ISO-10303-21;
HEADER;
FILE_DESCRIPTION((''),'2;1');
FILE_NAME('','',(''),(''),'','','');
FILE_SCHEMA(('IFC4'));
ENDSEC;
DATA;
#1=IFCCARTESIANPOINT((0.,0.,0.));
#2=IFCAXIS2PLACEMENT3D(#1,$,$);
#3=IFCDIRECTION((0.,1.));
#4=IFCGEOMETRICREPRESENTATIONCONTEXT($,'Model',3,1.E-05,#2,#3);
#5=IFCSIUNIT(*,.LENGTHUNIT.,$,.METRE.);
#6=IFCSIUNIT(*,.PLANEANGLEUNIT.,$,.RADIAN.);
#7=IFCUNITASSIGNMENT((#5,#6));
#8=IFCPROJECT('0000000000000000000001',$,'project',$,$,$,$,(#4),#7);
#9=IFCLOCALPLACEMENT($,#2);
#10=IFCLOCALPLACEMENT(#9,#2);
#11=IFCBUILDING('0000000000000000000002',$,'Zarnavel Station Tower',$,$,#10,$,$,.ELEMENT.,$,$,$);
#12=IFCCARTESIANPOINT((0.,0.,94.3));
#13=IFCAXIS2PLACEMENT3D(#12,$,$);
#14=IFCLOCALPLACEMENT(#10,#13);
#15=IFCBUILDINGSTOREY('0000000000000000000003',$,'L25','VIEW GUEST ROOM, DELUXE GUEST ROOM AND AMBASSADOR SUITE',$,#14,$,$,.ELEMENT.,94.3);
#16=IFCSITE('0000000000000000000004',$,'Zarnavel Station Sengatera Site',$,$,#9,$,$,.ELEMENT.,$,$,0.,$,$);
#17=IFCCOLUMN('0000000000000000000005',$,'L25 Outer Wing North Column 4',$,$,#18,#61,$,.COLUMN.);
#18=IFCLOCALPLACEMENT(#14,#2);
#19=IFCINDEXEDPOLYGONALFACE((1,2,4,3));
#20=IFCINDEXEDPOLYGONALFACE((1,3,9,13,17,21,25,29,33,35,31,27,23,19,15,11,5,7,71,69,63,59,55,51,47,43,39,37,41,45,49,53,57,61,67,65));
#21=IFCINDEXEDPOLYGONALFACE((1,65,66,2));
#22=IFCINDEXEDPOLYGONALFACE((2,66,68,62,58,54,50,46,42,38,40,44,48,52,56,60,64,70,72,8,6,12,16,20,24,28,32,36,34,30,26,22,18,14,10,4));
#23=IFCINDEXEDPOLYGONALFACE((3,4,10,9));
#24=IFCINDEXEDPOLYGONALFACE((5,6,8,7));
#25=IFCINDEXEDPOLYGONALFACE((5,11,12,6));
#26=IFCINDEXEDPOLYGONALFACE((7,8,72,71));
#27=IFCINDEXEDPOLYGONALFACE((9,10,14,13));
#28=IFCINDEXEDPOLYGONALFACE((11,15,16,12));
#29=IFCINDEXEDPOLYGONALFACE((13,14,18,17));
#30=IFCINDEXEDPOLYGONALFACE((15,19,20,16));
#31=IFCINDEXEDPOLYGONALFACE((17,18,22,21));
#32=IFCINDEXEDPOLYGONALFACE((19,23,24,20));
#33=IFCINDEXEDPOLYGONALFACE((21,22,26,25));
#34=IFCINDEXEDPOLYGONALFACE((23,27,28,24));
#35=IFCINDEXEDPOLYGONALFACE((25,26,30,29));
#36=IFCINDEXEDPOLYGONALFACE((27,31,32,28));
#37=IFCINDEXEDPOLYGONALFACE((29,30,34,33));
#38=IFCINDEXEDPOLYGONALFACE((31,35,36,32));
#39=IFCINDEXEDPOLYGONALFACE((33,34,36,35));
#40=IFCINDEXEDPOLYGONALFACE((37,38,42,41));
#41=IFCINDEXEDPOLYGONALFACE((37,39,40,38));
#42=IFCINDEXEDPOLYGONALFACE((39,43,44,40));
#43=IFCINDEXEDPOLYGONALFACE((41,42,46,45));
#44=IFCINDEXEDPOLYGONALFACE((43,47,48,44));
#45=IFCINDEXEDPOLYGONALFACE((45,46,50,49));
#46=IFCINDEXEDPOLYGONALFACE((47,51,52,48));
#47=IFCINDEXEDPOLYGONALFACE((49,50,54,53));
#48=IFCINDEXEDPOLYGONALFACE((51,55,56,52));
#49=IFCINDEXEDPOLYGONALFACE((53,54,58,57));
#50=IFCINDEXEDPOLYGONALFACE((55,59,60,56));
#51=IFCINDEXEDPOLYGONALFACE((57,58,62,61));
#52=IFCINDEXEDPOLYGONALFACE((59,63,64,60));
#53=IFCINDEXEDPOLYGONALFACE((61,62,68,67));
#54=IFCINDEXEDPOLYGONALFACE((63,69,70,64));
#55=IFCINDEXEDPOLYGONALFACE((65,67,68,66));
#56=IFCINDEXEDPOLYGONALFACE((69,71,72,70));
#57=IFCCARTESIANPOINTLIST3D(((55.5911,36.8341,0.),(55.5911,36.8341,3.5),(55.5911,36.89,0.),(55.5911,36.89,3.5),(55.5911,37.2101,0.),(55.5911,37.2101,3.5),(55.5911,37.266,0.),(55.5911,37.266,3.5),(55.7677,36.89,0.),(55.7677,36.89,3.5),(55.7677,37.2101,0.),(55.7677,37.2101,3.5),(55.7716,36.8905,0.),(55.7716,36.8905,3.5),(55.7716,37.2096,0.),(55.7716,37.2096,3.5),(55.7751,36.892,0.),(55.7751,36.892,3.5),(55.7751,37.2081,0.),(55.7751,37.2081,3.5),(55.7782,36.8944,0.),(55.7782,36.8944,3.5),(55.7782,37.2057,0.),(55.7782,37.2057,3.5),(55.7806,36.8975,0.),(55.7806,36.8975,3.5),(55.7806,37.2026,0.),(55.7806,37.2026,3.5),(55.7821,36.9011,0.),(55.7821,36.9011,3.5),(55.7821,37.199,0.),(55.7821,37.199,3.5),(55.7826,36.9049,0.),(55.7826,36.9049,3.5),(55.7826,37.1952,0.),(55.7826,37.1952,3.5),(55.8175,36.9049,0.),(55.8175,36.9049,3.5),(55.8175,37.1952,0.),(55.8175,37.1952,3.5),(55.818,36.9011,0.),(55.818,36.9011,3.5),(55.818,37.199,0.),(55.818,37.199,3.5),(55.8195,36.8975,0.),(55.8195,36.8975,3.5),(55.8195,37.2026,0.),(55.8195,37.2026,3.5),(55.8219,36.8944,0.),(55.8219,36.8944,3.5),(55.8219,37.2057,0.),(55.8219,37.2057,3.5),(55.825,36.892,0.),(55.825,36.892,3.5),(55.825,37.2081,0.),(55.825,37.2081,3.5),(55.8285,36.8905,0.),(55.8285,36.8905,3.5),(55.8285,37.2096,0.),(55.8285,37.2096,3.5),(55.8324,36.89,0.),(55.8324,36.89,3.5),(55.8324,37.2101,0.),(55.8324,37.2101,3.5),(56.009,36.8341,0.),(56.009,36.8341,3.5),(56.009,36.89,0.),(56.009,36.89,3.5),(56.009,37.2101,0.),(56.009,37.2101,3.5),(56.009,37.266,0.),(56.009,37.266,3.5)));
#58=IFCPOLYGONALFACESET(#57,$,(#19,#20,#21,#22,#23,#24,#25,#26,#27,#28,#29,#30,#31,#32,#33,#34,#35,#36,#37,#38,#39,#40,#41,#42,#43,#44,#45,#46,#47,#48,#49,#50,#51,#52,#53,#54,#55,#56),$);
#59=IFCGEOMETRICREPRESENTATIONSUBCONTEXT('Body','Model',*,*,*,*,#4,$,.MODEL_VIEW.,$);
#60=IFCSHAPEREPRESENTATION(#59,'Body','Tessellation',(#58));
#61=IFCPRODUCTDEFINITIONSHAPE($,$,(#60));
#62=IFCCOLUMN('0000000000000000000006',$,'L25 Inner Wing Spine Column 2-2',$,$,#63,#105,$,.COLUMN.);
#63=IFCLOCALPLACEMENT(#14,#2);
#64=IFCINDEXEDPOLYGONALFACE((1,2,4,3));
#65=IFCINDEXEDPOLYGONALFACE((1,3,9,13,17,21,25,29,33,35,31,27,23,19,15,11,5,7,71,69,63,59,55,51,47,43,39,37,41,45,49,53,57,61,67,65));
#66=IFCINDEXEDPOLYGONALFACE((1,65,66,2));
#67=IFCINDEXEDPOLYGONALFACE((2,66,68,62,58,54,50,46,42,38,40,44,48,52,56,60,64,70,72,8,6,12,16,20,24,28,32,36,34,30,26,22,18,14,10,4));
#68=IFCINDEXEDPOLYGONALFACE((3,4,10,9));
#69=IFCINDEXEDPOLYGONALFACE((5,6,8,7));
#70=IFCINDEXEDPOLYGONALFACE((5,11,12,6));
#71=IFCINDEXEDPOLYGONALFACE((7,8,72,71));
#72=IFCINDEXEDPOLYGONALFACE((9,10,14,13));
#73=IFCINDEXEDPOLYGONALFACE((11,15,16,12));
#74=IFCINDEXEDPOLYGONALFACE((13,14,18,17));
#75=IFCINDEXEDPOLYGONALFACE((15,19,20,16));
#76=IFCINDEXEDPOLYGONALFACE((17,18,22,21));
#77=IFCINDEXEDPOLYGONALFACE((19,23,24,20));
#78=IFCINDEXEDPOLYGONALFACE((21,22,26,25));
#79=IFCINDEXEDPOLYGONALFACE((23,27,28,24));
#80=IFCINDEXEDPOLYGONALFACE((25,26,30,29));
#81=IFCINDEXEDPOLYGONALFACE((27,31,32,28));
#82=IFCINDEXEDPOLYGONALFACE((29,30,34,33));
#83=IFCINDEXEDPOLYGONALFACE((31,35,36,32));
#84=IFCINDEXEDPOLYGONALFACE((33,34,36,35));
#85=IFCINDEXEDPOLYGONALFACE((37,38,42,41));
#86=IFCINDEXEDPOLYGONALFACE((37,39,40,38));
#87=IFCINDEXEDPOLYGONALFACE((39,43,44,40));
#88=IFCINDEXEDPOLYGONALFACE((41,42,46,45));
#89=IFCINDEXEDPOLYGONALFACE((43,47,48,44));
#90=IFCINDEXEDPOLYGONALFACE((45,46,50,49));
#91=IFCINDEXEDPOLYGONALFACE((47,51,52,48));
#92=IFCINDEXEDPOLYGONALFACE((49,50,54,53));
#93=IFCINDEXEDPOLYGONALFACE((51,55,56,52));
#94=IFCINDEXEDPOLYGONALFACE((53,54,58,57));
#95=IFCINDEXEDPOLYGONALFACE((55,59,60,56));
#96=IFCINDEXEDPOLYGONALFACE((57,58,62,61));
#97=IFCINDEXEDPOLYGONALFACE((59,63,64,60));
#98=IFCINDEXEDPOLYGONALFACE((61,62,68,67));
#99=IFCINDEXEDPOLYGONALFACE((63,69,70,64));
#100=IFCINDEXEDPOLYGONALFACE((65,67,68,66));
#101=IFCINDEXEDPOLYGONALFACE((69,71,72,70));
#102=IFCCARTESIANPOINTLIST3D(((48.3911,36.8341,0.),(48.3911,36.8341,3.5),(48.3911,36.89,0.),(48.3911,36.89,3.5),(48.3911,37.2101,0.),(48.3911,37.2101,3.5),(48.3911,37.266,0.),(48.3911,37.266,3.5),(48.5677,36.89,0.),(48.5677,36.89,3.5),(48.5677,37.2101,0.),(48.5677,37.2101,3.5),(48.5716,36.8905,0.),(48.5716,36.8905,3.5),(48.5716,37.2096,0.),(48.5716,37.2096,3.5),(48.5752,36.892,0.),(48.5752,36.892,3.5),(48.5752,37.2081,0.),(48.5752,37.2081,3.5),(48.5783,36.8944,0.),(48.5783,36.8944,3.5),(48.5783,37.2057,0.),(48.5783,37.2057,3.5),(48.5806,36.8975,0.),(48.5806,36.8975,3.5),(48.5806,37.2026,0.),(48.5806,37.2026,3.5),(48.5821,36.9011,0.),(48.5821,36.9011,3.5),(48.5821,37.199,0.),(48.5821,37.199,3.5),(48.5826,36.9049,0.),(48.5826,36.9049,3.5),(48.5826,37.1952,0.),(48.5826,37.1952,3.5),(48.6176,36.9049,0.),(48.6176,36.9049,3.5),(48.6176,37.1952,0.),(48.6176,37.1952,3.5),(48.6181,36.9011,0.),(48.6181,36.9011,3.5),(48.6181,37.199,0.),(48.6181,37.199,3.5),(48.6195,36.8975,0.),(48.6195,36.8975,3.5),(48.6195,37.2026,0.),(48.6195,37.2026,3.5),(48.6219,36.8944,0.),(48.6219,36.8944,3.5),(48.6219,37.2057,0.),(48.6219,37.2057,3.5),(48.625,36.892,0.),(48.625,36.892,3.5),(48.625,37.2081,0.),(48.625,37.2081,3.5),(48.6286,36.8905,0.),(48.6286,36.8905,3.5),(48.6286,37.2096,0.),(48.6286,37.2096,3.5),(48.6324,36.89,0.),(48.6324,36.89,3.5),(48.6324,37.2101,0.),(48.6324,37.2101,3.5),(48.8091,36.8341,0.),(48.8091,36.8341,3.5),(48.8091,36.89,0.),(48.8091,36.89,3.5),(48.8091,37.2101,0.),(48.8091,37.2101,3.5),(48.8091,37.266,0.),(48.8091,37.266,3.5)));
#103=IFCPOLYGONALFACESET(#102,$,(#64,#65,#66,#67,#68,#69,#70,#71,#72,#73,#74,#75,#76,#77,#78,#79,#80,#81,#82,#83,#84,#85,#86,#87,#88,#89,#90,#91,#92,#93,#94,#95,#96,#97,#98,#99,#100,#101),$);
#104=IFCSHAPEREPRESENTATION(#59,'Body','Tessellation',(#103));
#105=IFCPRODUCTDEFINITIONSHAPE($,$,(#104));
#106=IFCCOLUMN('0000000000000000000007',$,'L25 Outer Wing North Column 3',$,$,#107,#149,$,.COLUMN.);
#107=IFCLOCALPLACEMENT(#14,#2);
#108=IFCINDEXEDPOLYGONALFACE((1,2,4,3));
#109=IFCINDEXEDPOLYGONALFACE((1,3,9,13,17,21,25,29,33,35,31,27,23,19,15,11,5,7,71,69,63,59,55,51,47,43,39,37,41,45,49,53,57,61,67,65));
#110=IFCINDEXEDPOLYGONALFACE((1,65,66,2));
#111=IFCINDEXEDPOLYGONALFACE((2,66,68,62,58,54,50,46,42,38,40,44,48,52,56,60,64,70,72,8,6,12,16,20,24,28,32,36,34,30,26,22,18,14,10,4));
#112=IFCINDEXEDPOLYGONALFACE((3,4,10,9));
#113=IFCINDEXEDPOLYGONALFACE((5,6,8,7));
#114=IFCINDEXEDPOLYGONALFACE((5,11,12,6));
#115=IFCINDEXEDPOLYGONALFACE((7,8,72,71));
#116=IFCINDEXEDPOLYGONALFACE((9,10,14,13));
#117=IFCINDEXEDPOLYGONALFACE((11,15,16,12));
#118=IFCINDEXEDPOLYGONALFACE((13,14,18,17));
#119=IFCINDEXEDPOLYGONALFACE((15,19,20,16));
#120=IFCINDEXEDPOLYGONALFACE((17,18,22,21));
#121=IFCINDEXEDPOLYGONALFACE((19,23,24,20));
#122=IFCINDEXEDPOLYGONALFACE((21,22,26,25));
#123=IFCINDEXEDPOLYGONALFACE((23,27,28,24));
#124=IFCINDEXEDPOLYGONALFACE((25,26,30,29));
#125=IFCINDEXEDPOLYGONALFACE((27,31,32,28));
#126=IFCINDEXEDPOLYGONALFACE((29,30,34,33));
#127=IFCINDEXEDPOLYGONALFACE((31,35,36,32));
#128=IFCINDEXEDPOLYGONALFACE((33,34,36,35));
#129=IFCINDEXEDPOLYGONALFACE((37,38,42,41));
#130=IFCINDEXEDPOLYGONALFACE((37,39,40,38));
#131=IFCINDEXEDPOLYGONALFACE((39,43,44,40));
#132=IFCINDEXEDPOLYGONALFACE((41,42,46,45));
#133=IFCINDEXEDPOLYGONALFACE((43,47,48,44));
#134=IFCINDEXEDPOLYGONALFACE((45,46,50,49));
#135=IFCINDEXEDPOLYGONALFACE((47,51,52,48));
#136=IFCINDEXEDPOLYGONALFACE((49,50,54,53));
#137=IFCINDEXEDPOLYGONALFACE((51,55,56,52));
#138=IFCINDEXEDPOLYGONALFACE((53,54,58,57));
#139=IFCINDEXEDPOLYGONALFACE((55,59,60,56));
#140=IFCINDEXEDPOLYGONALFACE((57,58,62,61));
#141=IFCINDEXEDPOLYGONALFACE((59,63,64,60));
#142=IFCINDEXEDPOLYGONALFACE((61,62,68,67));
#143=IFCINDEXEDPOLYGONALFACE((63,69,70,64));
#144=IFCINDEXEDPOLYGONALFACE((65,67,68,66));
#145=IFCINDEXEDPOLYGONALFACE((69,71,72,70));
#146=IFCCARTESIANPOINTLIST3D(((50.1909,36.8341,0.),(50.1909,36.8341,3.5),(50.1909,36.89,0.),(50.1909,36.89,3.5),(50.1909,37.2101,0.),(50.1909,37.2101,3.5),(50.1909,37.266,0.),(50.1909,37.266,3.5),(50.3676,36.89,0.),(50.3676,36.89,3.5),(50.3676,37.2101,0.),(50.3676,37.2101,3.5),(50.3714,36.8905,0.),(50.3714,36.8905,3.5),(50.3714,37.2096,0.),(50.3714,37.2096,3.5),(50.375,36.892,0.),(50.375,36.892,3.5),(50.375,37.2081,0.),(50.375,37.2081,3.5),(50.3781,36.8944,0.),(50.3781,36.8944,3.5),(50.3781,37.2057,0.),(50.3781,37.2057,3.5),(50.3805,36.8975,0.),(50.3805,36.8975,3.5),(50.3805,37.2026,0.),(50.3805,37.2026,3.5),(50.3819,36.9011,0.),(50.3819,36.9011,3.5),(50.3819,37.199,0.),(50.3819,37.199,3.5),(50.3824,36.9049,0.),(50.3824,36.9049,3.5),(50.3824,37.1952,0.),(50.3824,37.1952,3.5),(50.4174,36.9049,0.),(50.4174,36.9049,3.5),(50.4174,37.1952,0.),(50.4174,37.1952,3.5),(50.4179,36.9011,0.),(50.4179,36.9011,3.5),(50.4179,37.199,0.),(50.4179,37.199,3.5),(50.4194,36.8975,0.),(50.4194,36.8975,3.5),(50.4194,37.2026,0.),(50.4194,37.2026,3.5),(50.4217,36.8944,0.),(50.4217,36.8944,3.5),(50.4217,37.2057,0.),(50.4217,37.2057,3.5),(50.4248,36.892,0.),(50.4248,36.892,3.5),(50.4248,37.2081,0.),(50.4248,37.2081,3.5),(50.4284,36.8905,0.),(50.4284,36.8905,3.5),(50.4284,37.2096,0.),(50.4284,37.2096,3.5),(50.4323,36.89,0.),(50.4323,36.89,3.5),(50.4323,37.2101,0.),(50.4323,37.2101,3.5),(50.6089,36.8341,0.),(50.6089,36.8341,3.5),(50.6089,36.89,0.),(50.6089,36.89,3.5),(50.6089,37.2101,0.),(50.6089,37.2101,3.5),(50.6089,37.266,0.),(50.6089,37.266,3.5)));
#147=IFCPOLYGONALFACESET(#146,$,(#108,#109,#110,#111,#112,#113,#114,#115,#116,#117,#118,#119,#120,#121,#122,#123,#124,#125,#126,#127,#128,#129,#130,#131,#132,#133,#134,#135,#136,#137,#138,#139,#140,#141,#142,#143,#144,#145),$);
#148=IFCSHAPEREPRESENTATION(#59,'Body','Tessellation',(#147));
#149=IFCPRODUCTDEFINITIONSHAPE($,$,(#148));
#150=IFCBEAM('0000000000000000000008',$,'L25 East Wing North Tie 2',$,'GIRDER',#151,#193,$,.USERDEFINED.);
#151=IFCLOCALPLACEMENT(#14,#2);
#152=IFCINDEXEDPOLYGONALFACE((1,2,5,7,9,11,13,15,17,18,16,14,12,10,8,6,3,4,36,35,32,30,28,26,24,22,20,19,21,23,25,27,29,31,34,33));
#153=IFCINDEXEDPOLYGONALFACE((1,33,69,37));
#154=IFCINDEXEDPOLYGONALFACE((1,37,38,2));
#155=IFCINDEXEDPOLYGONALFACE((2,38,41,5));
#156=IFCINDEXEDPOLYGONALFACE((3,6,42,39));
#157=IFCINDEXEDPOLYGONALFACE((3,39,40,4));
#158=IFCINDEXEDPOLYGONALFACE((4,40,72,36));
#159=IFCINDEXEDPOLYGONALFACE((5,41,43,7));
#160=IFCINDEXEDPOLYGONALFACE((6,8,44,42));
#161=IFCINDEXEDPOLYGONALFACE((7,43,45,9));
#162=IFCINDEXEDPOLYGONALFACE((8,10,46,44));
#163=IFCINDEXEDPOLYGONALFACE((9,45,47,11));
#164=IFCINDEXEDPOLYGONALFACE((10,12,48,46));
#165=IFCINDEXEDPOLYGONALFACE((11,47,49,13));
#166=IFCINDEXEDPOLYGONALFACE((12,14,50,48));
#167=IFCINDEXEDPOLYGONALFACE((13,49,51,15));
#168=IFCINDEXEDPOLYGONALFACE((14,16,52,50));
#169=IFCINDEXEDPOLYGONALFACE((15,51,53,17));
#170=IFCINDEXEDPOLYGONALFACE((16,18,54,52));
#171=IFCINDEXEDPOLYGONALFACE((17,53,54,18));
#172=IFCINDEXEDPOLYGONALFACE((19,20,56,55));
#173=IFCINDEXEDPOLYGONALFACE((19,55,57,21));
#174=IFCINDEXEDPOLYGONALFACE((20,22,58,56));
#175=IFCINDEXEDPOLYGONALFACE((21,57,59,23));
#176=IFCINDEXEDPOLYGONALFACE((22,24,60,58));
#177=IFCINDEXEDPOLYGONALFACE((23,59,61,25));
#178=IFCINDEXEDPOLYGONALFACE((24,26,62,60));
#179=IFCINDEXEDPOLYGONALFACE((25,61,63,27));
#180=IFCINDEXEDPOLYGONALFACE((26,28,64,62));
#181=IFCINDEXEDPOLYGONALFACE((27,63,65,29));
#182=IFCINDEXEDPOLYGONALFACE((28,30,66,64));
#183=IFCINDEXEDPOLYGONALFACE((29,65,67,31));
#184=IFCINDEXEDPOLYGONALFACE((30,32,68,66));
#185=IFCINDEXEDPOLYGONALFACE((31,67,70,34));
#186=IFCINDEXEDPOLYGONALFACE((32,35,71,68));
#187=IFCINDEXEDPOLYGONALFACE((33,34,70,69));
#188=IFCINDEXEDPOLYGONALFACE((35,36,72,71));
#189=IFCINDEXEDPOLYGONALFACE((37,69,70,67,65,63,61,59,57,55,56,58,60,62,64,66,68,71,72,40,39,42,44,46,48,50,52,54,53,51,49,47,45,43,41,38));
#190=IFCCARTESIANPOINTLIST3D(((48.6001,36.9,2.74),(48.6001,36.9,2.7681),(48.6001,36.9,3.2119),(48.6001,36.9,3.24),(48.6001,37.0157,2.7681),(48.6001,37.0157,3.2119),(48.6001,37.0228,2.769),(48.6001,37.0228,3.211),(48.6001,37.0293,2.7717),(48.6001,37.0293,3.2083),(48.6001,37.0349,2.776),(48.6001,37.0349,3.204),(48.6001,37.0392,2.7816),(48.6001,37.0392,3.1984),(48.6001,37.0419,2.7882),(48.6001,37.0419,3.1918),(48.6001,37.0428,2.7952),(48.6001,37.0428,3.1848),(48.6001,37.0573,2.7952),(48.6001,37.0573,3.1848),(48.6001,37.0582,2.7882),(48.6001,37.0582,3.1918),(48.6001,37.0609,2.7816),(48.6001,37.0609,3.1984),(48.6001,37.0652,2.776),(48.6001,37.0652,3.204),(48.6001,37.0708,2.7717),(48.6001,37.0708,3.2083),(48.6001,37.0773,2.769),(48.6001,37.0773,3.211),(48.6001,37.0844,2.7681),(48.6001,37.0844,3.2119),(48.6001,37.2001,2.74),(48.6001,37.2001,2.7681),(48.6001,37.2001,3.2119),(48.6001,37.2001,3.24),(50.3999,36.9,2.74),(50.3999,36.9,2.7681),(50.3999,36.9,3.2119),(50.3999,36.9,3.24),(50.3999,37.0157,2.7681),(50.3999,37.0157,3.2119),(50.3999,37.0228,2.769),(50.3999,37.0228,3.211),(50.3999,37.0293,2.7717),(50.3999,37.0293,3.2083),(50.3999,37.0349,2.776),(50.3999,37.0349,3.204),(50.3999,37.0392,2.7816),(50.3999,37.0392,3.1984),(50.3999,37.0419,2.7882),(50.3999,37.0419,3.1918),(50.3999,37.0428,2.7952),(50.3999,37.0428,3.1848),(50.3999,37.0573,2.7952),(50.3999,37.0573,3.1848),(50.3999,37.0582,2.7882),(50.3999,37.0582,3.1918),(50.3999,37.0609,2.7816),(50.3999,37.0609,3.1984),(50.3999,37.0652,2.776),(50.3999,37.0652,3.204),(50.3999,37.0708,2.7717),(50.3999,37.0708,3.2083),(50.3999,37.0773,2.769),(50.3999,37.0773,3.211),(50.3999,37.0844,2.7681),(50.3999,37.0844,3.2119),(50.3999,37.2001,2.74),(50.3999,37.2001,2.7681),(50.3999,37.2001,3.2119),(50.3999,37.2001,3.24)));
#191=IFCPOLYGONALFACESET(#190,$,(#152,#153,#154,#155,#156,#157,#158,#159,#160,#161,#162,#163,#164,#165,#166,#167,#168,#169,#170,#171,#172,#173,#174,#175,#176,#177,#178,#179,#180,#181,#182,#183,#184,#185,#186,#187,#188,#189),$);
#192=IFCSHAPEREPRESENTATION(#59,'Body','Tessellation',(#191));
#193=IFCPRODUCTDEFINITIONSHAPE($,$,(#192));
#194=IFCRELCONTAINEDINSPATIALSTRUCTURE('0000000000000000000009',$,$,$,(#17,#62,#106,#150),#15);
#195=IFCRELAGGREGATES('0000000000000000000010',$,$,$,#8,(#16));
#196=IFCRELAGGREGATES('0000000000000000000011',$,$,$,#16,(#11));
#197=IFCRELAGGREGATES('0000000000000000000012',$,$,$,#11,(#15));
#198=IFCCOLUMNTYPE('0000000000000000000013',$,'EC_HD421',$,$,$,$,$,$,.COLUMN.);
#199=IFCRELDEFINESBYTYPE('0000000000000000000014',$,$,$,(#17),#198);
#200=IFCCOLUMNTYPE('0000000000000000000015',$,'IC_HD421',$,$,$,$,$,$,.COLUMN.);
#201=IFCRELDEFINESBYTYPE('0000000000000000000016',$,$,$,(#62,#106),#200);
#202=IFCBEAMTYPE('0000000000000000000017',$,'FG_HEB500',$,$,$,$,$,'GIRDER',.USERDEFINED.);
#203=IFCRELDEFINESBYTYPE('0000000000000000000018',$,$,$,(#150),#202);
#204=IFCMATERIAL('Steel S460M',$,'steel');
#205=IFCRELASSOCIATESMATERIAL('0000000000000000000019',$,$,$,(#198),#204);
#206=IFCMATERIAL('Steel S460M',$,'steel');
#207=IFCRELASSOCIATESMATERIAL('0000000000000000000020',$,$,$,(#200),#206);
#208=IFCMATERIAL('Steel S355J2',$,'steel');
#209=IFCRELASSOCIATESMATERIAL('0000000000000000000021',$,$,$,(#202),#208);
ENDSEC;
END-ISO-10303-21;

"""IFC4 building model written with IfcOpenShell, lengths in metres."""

from ifc_helpers import new_model, si_unit, direction, frame, origin, origin_2d, place, context, subcontext, project, spatial, i_section, extrude, material, material_profile, profile_set, type_object, element, save


model = new_model("IFC4")

# Units and contexts
model_context = context("Model", 3, precision=1e-05, world=origin(), true_north=direction((0.0, 1.0)))
body_context = subcontext(model_context, "Body", "Model", "MODEL_VIEW")
ifc_project = project(units=[si_unit("LENGTHUNIT", "METRE"), si_unit("PLANEANGLEUNIT", "RADIAN")], contexts=[model_context])

# Site, building, storey
site_placement = place(None, origin())
site = spatial("IfcSite", under=ifc_project, at=site_placement, Name="Zarnavel Station Sengatera Site", CompositionType="ELEMENT", RefElevation=0.0)
building_placement = place(site_placement, origin())
building = spatial("IfcBuilding", under=site, at=building_placement, Name="Zarnavel Station Tower", CompositionType="ELEMENT")
storey_placement = place(building_placement, frame((0.0, 0.0, 94.3)))
storey = spatial("IfcBuildingStorey", under=building, at=storey_placement, Name="L25", Description="VIEW GUEST ROOM, DELUXE GUEST ROOM AND AMBASSADOR SUITE", CompositionType="ELEMENT", Elevation=94.3)

# Columns
ifc_material_1 = material(Name="Steel S460M", Category="steel")
ifc_material_profile_1 = material_profile(ifc_material_1, i_section(OverallWidth=0.418, OverallDepth=0.4319, WebThickness=0.0349, FlangeThickness=0.0559, FilletRadius=0.0149, at=origin_2d()), Name="HD400x421")
ifc_profile_set_1 = profile_set([ifc_material_profile_1], Name="Steel S460M")
column_type_1 = type_object("IfcColumnType", Name="EC_HD421", PredefinedType="COLUMN", material=ifc_profile_set_1)
column_placement = place(storey_placement, frame((55.8, 37.05, 0.0), z_axis=(0.0, 0.0, 1.0), x_axis=(1.0, 0.0, 0.0)))
element("IfcColumn", 1, at=column_placement, inside=storey, type_object=column_type_1, Name="L25 Outer Wing North Column 4", PredefinedType="COLUMN", context=body_context, shape_type="SweptSolid", body=[
    extrude(i_section(OverallWidth=0.418, OverallDepth=0.4319, WebThickness=0.0349, FlangeThickness=0.0559, FilletRadius=0.0149, at=origin_2d()), origin(), (0.0, 0.0, 1.0), 3.5),
])
ifc_material_2 = material(Name="Steel S460M", Category="steel")
ifc_material_profile_2 = material_profile(ifc_material_2, i_section(OverallWidth=0.418, OverallDepth=0.4319, WebThickness=0.0349, FlangeThickness=0.0559, FilletRadius=0.0149, at=origin_2d()), Name="HD400x421")
ifc_profile_set_2 = profile_set([ifc_material_profile_2], Name="Steel S460M")
column_type_2 = type_object("IfcColumnType", Name="IC_HD421", PredefinedType="COLUMN", material=ifc_profile_set_2)
for number, where, z_axis, x_axis, name in (
    (2, (48.6001, 37.05, 0.0), (0.0, 0.0, 1.0), (1.0, 0.0, 0.0), "L25 Inner Wing Spine Column 2-2"),
    (3, (50.3999, 37.05, 0.0), (0.0, 0.0, 1.0), (1.0, 0.0, 0.0), "L25 Outer Wing North Column 3"),
):
    element("IfcColumn", number, at=place(storey_placement, frame(where, z_axis=z_axis, x_axis=x_axis)), inside=storey, type_object=column_type_2, Name=name, PredefinedType="COLUMN", context=body_context, shape_type="SweptSolid", body=[
        extrude(i_section(OverallWidth=0.418, OverallDepth=0.4319, WebThickness=0.0349, FlangeThickness=0.0559, FilletRadius=0.0149, at=origin_2d()), origin(), (0.0, 0.0, 1.0), 3.5),
    ])

# Beam
ifc_material_3 = material(Name="Steel S355J2", Category="steel")
ifc_material_profile_3 = material_profile(ifc_material_3, i_section(OverallWidth=0.3, OverallDepth=0.5, WebThickness=0.0144, FlangeThickness=0.0281, FilletRadius=0.0271, at=origin_2d()), Name="HEB500")
ifc_profile_set_3 = profile_set([ifc_material_profile_3], Name="Steel S355J2")
beam_type = type_object("IfcBeamType", Name="FG_HEB500", ElementType="GIRDER", PredefinedType="USERDEFINED", material=ifc_profile_set_3)
beam_1_placement = place(storey_placement, frame((48.6001, 37.05, 2.99), z_axis=(1.0, 0.0, 0.0), x_axis=(0.0, 1.0, 0.0)))
element("IfcBeam", 4, at=beam_1_placement, inside=storey, type_object=beam_type, Name="L25 East Wing North Tie 2", ObjectType="GIRDER", PredefinedType="USERDEFINED", context=body_context, shape_type="SweptSolid", body=[
    extrude(i_section(OverallWidth=0.3, OverallDepth=0.5, WebThickness=0.0144, FlangeThickness=0.0281, FilletRadius=0.0271, at=origin_2d()), origin(), (0.0, 0.0, 1.0), 1.7998),
])

save(model, "model.ifc")
